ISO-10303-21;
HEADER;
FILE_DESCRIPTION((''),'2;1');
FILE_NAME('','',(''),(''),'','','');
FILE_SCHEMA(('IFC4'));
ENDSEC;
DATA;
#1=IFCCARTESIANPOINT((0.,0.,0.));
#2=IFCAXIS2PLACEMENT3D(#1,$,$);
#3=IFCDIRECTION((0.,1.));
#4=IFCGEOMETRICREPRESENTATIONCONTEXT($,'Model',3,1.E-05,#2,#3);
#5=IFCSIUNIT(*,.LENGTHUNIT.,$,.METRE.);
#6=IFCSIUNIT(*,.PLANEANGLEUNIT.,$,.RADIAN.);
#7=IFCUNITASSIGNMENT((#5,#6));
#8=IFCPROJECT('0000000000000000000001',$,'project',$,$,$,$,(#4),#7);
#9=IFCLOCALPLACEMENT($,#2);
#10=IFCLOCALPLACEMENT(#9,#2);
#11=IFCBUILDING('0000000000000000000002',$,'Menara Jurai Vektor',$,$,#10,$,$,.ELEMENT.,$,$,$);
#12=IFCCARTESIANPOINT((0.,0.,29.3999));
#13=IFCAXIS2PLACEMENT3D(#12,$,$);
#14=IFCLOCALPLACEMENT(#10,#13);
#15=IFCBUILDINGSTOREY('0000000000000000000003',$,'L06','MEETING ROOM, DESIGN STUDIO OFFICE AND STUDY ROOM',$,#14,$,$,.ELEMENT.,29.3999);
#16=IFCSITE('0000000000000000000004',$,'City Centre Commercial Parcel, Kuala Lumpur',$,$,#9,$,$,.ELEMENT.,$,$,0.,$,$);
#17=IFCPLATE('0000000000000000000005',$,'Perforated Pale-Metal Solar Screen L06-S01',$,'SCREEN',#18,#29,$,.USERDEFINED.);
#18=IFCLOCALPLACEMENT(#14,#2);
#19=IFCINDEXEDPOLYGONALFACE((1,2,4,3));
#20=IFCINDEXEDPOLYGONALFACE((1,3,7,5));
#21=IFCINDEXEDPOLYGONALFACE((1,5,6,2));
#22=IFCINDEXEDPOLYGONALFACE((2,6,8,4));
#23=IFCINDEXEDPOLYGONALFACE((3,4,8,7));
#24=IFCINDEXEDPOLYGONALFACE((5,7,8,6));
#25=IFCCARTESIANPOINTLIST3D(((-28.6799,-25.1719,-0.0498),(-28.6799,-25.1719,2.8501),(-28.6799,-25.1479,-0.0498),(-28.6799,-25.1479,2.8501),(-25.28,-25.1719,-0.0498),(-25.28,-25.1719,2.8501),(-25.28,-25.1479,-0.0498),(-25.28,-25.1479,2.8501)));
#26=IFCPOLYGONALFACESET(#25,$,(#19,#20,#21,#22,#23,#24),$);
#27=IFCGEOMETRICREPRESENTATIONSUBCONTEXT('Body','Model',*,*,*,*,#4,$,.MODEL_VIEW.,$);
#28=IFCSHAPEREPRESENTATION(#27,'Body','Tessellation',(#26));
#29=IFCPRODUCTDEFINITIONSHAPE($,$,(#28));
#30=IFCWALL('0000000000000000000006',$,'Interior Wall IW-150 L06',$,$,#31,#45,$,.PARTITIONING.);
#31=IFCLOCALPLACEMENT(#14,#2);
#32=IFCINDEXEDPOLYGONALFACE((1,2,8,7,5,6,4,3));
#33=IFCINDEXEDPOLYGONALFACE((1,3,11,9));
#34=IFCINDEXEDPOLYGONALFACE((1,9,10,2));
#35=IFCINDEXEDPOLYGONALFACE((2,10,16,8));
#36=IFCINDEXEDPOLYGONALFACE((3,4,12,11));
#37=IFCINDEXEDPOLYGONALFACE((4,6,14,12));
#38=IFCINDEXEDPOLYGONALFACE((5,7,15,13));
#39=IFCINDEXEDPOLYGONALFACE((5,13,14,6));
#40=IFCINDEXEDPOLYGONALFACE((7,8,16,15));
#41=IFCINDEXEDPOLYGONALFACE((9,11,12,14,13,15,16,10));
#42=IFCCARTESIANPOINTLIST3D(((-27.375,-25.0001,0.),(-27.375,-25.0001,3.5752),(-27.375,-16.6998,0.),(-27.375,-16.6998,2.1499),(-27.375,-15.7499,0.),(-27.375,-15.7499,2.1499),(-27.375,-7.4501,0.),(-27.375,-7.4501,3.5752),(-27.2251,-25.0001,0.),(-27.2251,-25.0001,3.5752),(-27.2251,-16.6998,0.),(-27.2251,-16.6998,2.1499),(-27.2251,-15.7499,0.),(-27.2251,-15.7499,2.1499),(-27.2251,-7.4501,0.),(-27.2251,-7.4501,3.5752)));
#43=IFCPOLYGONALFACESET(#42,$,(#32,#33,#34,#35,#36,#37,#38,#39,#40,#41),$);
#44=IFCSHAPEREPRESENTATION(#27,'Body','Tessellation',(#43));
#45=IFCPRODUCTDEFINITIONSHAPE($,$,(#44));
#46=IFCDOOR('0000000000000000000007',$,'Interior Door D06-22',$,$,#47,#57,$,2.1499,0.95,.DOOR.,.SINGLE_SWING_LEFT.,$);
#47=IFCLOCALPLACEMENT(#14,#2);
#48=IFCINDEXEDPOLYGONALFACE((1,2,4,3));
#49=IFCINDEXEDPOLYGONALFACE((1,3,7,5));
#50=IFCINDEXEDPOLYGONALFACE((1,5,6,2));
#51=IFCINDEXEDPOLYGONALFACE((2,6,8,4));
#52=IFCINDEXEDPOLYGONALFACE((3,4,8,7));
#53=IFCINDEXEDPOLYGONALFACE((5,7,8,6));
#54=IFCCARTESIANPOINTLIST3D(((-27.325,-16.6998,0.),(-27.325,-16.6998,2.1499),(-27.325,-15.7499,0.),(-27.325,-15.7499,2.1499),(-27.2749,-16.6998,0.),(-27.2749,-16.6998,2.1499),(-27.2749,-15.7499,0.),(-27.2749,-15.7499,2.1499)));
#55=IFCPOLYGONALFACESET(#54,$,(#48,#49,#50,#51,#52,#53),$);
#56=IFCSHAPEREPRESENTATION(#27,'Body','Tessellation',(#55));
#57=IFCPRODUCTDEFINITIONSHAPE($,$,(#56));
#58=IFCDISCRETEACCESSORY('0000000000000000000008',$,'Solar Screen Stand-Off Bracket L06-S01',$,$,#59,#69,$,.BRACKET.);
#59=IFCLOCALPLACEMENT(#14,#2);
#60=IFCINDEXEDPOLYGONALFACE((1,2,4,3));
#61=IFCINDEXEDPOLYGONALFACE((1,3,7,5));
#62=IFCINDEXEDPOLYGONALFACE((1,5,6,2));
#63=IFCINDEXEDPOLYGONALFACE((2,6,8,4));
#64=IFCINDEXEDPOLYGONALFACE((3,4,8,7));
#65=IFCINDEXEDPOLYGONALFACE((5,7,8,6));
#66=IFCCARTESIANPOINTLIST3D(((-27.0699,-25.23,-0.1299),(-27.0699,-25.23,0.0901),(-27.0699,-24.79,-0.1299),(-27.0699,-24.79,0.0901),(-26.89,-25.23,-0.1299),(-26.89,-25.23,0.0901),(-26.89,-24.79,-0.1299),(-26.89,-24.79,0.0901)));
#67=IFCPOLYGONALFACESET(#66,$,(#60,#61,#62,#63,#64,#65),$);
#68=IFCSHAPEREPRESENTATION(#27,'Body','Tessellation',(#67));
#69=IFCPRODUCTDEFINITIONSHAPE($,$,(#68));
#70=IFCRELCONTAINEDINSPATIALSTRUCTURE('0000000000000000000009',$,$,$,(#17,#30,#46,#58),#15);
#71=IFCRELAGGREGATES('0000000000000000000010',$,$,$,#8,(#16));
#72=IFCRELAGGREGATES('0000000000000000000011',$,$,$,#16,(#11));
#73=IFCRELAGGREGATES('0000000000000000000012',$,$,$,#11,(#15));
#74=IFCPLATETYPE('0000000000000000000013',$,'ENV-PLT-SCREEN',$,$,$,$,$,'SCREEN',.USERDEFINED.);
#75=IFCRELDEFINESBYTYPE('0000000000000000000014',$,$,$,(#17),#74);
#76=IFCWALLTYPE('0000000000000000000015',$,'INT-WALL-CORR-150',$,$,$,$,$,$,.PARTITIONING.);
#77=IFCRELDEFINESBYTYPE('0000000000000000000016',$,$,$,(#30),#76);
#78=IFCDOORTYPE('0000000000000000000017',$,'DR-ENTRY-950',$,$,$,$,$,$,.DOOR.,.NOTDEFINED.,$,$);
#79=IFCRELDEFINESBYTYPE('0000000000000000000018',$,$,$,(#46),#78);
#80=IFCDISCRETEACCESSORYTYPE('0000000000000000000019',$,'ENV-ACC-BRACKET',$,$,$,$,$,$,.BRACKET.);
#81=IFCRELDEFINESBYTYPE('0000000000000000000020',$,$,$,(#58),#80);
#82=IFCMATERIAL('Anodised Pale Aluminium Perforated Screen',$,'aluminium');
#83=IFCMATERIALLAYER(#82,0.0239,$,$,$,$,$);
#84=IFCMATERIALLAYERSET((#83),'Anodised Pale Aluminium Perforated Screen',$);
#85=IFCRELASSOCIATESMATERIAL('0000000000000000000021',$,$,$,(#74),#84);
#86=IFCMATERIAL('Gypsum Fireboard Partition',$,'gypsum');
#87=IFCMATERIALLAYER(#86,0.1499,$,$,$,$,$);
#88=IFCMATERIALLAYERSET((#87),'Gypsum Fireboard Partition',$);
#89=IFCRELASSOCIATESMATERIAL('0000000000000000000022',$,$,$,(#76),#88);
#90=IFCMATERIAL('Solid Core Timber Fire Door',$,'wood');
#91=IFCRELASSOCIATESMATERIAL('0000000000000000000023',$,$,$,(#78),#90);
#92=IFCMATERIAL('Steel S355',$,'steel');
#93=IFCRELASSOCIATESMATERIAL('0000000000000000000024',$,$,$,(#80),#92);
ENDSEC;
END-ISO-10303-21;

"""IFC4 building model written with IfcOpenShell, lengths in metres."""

from ifc_helpers import new_model, si_unit, direction, frame, frame_2d, origin, origin_2d, place, context, subcontext, project, spatial, rectangle, extrude, material, layer, layer_set, type_object, element, fill, save


model = new_model("IFC4")

# Units and contexts
model_context = context("Model", 3, precision=1e-05, world=origin(), true_north=direction((0.0, 1.0)))
body_context = subcontext(model_context, "Body", "Model", "MODEL_VIEW")
ifc_project = project(units=[si_unit("LENGTHUNIT", "METRE"), si_unit("PLANEANGLEUNIT", "RADIAN")], contexts=[model_context])

# Site, building, storey
site_placement = place(None, origin())
site = spatial("IfcSite", under=ifc_project, at=site_placement, Name="City Centre Commercial Parcel, Kuala Lumpur", CompositionType="ELEMENT", RefElevation=0.0)
building_placement = place(site_placement, origin())
building = spatial("IfcBuilding", under=site, at=building_placement, Name="Menara Jurai Vektor", CompositionType="ELEMENT")
storey_placement = place(building_placement, frame((0.0, 0.0, 29.3999)))
storey = spatial("IfcBuildingStorey", under=building, at=storey_placement, Name="L06", Description="MEETING ROOM, DESIGN STUDIO OFFICE AND STUDY ROOM", CompositionType="ELEMENT", Elevation=29.3999)

# Shared definitions
ifc_material_1 = material(Name="Steel S355", Category="steel")

# Plate
ifc_material_2 = material(Name="Anodised Pale Aluminium Perforated Screen", Category="aluminium")
ifc_layer_1 = layer(ifc_material_2, 0.0239)
ifc_layer_set_1 = layer_set([ifc_layer_1], Name="Anodised Pale Aluminium Perforated Screen")
plate_type_1 = type_object("IfcPlateType", Name="ENV-PLT-SCREEN", ElementType="SCREEN", PredefinedType="USERDEFINED", material=ifc_layer_set_1)
plate_1_placement = place(storey_placement, frame((-26.98, -25.1599, -0.0498), z_axis=(0.0, 0.0, 1.0), x_axis=(1.0, 0.0, 0.0)))
element("IfcPlate", 1, at=plate_1_placement, inside=storey, type_object=plate_type_1, Name="Perforated Pale-Metal Solar Screen L06-S01", ObjectType="SCREEN", PredefinedType="USERDEFINED", context=body_context, shape_type="SweptSolid", body=[
    extrude(rectangle(XDim=3.3999, YDim=0.0239, at=origin_2d()), origin(), (0.0, 0.0, 1.0), 2.8999),
])

# Wall, opening, door
ifc_material_3 = material(Name="Gypsum Fireboard Partition", Category="gypsum")
ifc_layer_2 = layer(ifc_material_3, 0.1499)
ifc_layer_set_2 = layer_set([ifc_layer_2], Name="Gypsum Fireboard Partition")
wall_type = type_object("IfcWallType", Name="INT-WALL-CORR-150", PredefinedType="PARTITIONING", material=ifc_layer_set_2)
wall_placement = place(storey_placement, frame((-27.3, -25.0, 0.0), z_axis=(0.0, 0.0, 1.0), x_axis=(0.0, 1.0, 0.0)))
wall = element("IfcWall", 2, at=wall_placement, inside=storey, type_object=wall_type, Name="Interior Wall IW-150 L06", PredefinedType="PARTITIONING", context=body_context, shape_type="SweptSolid", body=[
    extrude(rectangle(XDim=17.55, YDim=0.1499, at=frame_2d((8.7749, 0.0))), origin(), (0.0, 0.0, 1.0), 3.5752),
])
opening_placement = place(wall_placement, frame((8.3, 0.0, 0.0)))
opening = element("IfcOpeningElement", 3, at=opening_placement, cuts=wall, PredefinedType="OPENING", context=body_context, shape_type="SweptSolid", body=[
    extrude(rectangle(XDim=0.95, YDim=2.1499, at=frame_2d((0.4751, 1.075))), frame((0.0, 0.085, 0.0), z_axis=(0.0, -1.0, 0.0), x_axis=(1.0, 0.0, 0.0)), (0.0, 0.0, 1.0), 0.1699),
])
ifc_material_4 = material(Name="Solid Core Timber Fire Door", Category="wood")
door_type = type_object("IfcDoorType", Name="DR-ENTRY-950", OperationType="NOTDEFINED", PredefinedType="DOOR", material=ifc_material_4)
door_placement = place(opening_placement, origin())
door = element("IfcDoor", 4, at=door_placement, inside=storey, type_object=door_type, Name="Interior Door D06-22", OperationType="SINGLE_SWING_LEFT", OverallHeight=2.1499, OverallWidth=0.95, PredefinedType="DOOR", context=body_context, shape_type="SweptSolid", body=[
    extrude(rectangle(XDim=0.95, YDim=2.1499, at=frame_2d((0.4751, 1.075))), frame((0.0, 0.0249, 0.0), z_axis=(0.0, -1.0, 0.0), x_axis=(1.0, 0.0, 0.0)), (0.0, 0.0, 1.0), 0.05),
])
fill(opening, door)

# Discrete accessory
discrete_accessory_type = type_object("IfcDiscreteAccessoryType", Name="ENV-ACC-BRACKET", PredefinedType="BRACKET", material=ifc_material_1)
discrete_accessory_placement = place(storey_placement, frame((-26.98, -25.01, -0.1299), z_axis=(0.0, 0.0, 1.0), x_axis=(1.0, 0.0, 0.0)))
element("IfcDiscreteAccessory", 5, at=discrete_accessory_placement, inside=storey, type_object=discrete_accessory_type, Name="Solar Screen Stand-Off Bracket L06-S01", PredefinedType="BRACKET", context=body_context, shape_type="SweptSolid", body=[
    extrude(rectangle(XDim=0.1799, YDim=0.4399, at=origin_2d()), origin(), (0.0, 0.0, 1.0), 0.22),
])

save(model, "model.ifc")
